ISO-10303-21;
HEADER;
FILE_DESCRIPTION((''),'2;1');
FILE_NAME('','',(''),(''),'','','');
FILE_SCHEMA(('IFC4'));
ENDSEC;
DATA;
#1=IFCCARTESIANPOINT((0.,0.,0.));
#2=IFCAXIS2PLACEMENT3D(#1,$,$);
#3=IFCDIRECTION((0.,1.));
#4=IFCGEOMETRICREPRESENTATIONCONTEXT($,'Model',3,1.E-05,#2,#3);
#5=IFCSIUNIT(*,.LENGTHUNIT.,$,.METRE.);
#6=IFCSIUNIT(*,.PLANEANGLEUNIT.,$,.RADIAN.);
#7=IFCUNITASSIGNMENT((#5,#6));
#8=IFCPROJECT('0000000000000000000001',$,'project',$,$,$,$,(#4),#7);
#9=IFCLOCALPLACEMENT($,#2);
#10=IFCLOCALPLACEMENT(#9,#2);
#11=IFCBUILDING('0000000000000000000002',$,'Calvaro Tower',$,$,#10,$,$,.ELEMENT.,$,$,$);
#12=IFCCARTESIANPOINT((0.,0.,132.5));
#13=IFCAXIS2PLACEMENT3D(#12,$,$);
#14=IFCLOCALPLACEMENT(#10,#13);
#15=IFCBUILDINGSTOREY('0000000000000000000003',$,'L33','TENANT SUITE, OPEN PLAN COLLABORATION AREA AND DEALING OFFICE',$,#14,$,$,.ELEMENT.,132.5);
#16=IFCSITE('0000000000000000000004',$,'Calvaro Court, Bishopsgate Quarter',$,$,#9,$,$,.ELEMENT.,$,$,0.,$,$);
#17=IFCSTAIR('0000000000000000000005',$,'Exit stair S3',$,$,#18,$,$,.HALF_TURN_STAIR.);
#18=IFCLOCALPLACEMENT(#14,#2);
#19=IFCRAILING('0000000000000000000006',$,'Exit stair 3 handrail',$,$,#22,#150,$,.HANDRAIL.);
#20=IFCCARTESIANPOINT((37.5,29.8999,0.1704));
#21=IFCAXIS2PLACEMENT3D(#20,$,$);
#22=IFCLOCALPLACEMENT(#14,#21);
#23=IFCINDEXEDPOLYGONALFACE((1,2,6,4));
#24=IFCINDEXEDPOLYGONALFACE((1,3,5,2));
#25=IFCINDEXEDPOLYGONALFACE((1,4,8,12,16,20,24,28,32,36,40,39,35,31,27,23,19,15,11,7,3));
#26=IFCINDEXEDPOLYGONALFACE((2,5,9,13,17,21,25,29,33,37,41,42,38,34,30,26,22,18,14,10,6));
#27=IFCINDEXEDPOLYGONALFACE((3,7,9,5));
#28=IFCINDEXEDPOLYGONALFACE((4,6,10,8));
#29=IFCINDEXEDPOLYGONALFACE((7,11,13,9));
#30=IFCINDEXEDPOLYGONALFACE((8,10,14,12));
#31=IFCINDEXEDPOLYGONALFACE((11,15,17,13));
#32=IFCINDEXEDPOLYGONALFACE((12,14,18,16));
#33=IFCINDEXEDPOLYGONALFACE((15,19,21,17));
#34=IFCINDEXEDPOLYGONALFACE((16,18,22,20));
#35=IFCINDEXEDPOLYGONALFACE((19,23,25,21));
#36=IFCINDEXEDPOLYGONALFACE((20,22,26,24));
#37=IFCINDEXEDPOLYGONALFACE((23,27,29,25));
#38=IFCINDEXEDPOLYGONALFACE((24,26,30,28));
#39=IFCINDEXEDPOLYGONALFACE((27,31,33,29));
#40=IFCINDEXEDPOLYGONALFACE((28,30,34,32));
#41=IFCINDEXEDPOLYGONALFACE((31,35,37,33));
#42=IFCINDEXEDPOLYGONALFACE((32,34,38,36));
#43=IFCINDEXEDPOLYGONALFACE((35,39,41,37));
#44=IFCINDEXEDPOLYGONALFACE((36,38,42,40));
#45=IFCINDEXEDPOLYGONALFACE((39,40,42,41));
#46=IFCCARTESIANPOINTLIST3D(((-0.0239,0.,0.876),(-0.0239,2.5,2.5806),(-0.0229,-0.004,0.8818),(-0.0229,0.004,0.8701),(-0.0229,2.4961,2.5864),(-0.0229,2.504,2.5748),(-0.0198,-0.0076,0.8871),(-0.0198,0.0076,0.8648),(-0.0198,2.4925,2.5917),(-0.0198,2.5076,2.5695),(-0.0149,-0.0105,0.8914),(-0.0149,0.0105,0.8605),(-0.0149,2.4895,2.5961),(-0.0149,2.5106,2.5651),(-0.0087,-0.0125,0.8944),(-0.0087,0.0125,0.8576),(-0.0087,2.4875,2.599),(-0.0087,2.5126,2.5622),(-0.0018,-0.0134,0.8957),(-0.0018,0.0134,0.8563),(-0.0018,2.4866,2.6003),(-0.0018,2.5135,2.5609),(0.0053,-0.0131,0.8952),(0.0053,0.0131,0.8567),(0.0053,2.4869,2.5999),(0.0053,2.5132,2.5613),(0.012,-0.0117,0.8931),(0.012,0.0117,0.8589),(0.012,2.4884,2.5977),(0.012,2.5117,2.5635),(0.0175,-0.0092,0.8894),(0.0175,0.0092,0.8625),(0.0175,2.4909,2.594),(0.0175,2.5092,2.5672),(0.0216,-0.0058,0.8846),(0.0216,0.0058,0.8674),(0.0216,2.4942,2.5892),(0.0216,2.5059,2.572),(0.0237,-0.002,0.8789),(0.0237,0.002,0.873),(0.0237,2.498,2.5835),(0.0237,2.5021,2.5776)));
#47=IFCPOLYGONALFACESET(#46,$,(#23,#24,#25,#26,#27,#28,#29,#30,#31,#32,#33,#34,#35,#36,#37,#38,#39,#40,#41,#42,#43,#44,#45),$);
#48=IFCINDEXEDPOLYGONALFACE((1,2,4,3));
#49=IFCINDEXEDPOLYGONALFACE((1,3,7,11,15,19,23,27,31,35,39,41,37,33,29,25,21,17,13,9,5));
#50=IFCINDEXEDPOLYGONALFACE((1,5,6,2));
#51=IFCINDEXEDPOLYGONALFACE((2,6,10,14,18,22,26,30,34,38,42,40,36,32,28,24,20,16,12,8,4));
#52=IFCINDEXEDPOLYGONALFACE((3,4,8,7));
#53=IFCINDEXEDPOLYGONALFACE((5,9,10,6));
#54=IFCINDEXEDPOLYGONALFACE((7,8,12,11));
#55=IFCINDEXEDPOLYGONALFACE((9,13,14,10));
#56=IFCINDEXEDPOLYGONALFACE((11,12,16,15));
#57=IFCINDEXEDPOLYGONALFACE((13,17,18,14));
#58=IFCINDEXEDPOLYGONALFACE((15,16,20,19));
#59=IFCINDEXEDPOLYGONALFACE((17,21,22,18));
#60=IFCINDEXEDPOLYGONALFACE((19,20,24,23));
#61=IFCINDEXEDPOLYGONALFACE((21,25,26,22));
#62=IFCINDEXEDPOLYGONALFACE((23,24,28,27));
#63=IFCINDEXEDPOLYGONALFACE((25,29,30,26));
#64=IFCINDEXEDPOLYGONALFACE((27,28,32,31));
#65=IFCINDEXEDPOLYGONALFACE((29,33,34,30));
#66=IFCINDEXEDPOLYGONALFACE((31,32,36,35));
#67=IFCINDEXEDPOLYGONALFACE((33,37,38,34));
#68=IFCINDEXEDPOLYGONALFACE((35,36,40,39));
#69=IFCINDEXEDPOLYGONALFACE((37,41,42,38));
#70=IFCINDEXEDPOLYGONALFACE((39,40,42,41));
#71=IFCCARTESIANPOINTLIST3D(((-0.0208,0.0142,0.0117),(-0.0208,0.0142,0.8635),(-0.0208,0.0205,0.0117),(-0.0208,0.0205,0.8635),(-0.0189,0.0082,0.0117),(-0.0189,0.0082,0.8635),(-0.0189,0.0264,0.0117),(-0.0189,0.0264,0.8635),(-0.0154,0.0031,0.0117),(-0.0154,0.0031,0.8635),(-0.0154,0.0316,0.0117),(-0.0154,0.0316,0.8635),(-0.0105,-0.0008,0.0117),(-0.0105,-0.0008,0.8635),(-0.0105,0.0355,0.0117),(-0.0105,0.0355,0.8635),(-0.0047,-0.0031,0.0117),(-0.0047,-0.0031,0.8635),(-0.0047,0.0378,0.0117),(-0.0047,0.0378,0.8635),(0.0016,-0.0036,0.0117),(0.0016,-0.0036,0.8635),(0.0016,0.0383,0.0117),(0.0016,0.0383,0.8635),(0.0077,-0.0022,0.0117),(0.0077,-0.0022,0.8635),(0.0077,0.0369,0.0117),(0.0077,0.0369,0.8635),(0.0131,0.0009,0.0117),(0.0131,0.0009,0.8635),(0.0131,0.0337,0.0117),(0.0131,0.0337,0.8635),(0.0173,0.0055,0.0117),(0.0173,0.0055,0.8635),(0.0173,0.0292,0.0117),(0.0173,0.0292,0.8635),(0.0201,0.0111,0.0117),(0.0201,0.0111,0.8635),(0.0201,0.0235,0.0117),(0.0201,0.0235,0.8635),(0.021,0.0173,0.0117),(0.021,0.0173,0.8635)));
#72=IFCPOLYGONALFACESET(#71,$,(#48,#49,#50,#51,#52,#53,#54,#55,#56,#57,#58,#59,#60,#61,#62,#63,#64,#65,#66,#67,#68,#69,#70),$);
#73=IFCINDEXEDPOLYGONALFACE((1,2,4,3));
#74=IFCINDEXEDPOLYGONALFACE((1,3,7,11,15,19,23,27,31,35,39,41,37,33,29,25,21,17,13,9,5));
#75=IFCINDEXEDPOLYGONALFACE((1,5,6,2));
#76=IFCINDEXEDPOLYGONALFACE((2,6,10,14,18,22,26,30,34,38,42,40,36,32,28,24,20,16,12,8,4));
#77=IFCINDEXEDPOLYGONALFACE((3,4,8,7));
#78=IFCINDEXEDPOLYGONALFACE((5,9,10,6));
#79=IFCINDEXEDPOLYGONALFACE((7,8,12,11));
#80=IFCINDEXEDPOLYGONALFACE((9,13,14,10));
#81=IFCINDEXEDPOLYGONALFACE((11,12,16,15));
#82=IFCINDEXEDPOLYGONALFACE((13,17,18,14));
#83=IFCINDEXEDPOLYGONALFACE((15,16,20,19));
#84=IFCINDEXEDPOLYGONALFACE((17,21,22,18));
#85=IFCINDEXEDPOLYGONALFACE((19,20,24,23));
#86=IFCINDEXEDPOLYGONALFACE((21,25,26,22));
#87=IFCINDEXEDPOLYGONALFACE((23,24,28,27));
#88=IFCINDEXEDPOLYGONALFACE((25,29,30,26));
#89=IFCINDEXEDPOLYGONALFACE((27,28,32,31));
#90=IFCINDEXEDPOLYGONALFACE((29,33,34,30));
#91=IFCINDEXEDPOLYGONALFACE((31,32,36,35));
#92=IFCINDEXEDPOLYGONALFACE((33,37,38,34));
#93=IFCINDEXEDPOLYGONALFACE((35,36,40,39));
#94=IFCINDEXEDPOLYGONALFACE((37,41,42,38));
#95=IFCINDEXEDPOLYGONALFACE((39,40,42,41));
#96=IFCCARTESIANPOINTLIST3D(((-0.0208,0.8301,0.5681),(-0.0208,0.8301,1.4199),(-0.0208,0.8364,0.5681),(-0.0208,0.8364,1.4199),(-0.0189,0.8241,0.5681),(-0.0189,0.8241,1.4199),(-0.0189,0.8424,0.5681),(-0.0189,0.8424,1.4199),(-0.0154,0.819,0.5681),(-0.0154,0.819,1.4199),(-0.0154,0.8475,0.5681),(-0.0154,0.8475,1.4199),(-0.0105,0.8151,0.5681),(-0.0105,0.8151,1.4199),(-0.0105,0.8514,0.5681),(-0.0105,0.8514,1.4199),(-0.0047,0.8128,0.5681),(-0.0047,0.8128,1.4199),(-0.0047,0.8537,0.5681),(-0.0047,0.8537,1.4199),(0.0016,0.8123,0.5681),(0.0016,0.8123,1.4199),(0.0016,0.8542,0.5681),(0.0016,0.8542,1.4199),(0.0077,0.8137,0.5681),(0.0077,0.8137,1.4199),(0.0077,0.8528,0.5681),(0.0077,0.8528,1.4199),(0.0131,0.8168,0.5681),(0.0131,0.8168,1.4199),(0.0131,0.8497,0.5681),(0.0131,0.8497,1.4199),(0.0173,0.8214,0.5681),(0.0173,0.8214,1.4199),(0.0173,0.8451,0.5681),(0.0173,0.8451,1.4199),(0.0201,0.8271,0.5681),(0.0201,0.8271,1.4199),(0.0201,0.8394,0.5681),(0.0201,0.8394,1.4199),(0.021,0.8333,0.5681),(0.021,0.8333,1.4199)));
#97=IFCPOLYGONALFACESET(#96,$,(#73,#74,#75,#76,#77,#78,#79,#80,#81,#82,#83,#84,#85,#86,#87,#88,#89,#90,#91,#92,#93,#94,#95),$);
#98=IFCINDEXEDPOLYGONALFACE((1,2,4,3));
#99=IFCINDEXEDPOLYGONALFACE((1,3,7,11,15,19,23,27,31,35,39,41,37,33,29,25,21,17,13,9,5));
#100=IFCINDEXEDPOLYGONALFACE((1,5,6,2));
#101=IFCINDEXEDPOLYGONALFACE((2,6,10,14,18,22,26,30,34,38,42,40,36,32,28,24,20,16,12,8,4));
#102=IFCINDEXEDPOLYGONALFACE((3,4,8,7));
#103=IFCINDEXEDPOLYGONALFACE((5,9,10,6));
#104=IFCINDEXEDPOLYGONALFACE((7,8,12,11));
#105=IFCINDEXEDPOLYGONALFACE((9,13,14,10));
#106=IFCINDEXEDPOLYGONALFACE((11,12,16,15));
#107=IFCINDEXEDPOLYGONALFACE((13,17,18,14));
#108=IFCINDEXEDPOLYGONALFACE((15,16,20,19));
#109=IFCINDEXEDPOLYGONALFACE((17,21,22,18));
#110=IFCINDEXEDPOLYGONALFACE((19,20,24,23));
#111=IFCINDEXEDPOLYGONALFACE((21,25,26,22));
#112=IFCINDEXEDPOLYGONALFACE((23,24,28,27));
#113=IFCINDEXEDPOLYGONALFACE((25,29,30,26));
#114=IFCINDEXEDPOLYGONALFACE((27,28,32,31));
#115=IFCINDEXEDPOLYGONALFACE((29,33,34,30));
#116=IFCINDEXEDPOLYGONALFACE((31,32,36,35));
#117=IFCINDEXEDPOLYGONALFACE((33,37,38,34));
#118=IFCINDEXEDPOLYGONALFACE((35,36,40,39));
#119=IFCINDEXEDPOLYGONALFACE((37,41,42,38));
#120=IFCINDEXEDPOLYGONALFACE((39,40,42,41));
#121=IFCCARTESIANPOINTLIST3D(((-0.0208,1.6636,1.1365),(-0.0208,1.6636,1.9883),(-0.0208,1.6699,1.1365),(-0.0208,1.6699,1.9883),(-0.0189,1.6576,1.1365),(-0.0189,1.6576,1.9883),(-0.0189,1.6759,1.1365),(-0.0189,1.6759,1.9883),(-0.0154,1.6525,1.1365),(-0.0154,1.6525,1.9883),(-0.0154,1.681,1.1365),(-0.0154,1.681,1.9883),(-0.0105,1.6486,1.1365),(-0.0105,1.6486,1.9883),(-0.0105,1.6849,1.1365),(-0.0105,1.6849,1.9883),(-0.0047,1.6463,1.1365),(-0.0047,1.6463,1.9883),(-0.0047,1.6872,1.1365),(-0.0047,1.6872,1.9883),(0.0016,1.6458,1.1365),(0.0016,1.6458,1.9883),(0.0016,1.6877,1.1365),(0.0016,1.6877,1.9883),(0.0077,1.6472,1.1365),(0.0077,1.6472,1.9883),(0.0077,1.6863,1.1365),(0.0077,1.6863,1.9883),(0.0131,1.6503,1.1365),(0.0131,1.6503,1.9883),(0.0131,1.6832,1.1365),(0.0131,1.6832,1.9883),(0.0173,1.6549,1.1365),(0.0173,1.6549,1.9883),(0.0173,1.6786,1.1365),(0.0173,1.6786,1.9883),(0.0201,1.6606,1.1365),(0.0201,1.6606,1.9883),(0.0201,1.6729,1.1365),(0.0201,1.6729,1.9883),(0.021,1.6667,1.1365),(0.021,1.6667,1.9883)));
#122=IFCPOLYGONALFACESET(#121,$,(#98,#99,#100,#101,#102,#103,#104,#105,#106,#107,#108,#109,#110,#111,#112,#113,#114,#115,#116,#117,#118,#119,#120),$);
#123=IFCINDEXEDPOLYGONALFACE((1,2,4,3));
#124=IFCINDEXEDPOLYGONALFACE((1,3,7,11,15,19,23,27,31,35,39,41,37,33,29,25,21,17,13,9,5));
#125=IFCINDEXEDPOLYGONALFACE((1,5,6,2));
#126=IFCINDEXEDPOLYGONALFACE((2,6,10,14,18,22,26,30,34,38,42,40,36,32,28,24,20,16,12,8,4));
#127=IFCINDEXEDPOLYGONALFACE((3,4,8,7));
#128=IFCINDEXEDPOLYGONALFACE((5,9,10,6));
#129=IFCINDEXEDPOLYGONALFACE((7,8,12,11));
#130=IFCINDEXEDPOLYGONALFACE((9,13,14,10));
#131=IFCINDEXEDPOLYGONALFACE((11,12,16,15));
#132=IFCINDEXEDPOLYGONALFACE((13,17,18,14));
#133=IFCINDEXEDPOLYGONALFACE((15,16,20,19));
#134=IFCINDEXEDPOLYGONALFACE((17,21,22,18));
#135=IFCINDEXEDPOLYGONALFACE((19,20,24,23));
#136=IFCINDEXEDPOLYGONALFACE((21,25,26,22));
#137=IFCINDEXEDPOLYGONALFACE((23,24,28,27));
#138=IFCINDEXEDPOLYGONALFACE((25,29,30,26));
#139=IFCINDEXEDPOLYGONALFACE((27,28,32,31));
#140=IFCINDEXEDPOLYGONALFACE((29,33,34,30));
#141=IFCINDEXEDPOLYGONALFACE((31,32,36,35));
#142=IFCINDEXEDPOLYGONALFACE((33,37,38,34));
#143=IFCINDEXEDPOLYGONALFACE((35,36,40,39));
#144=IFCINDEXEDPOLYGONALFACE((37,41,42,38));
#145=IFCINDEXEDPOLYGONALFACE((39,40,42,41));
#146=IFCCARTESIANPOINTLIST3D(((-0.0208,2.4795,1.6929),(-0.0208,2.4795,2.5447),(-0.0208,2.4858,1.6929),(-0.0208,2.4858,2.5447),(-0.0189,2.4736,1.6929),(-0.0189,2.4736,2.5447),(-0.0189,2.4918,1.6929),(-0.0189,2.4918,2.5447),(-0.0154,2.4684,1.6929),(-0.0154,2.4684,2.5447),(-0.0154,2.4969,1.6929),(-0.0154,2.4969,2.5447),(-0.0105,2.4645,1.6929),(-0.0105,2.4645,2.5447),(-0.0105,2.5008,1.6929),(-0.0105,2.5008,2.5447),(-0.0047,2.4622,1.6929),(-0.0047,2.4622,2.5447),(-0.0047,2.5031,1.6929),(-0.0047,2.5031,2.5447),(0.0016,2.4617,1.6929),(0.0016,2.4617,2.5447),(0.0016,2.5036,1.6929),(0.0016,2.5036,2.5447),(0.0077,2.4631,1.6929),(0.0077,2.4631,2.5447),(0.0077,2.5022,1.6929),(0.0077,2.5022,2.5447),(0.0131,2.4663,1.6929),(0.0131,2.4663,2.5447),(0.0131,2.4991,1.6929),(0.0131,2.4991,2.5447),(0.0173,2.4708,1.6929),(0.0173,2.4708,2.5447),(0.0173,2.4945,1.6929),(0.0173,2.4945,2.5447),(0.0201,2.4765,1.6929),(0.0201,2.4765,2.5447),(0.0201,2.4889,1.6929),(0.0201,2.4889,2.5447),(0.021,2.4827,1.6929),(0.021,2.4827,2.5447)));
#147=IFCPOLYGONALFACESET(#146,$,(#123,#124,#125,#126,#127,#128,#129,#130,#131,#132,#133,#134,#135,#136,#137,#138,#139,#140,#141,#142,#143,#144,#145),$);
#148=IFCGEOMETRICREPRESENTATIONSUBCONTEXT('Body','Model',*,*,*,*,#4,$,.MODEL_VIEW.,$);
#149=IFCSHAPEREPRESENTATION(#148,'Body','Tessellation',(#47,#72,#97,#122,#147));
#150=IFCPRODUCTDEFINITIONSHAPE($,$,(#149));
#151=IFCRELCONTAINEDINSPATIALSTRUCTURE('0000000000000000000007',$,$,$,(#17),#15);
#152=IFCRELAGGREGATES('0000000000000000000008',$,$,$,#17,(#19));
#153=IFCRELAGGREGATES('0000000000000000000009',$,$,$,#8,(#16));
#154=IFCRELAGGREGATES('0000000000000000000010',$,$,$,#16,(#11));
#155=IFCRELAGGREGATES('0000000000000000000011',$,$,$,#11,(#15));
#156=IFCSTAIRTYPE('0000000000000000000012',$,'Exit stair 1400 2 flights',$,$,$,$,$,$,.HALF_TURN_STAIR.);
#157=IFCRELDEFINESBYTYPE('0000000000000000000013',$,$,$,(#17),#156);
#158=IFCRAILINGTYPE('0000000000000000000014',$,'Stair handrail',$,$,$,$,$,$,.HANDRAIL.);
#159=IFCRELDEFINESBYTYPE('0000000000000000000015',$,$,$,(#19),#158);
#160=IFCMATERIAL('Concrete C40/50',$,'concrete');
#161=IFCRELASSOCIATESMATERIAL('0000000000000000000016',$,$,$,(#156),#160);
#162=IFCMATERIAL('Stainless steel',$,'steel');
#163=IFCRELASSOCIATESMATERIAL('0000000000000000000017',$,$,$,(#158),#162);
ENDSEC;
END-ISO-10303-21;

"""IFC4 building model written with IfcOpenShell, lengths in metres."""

from ifc_helpers import new_model, si_unit, direction, frame, origin, origin_2d, place, context, subcontext, project, spatial, circle, extrude, material, type_object, element, aggregate, save


model = new_model("IFC4")

# Units and contexts
model_context = context("Model", 3, precision=1e-05, world=origin(), true_north=direction((0.0, 1.0)))
body_context = subcontext(model_context, "Body", "Model", "MODEL_VIEW")
ifc_project = project(units=[si_unit("LENGTHUNIT", "METRE"), si_unit("PLANEANGLEUNIT", "RADIAN")], contexts=[model_context])

# Site, building, storey
site_placement = place(None, origin())
site = spatial("IfcSite", under=ifc_project, at=site_placement, Name="Calvaro Court, Bishopsgate Quarter", CompositionType="ELEMENT", RefElevation=0.0)
building_placement = place(site_placement, origin())
building = spatial("IfcBuilding", under=site, at=building_placement, Name="Calvaro Tower", CompositionType="ELEMENT")
storey_placement = place(building_placement, frame((0.0, 0.0, 132.5)))
storey = spatial("IfcBuildingStorey", under=building, at=storey_placement, Name="L33", Description="TENANT SUITE, OPEN PLAN COLLABORATION AREA AND DEALING OFFICE", CompositionType="ELEMENT", Elevation=132.5)

# Stair
ifc_material_1 = material(Name="Concrete C40/50", Category="concrete")
stair_type = type_object("IfcStairType", Name="Exit stair 1400 2 flights", PredefinedType="HALF_TURN_STAIR", material=ifc_material_1)
stair_1_placement = place(storey_placement, origin())
stair_1 = element("IfcStair", 1, at=stair_1_placement, inside=storey, type_object=stair_type, Name="Exit stair S3", PredefinedType="HALF_TURN_STAIR")

# Railing
ifc_material_2 = material(Name="Stainless steel", Category="steel")
railing_type = type_object("IfcRailingType", Name="Stair handrail", PredefinedType="HANDRAIL", material=ifc_material_2)
railing_1_placement = place(storey_placement, frame((37.5, 29.8999, 0.1704)))
railing_1 = element("IfcRailing", 2, at=railing_1_placement, type_object=railing_type, Name="Exit stair 3 handrail", PredefinedType="HANDRAIL", context=body_context, shape_type="SweptSolid", body=[
    extrude(circle(Radius=0.0239, at=origin_2d()), frame((0.0, 0.0, 0.876), z_axis=(0.0, 0.826221, 0.563347), x_axis=(-1.0, 0.0, 0.0)), (0.0, 0.0, 1.0), 3.0259),
    extrude(circle(Radius=0.021, at=origin_2d()), frame((0.0, 0.0173, 0.0117)), (0.0, 0.0, 1.0), 0.8518),
    extrude(circle(Radius=0.021, at=origin_2d()), frame((0.0, 0.8333, 0.5681)), (0.0, 0.0, 1.0), 0.8518),
    extrude(circle(Radius=0.021, at=origin_2d()), frame((0.0, 1.6667, 1.1365)), (0.0, 0.0, 1.0), 0.8518),
    extrude(circle(Radius=0.021, at=origin_2d()), frame((0.0, 2.4827, 1.6929)), (0.0, 0.0, 1.0), 0.8518),
])
aggregate(stair_1, [railing_1])

save(model, "model.ifc")
